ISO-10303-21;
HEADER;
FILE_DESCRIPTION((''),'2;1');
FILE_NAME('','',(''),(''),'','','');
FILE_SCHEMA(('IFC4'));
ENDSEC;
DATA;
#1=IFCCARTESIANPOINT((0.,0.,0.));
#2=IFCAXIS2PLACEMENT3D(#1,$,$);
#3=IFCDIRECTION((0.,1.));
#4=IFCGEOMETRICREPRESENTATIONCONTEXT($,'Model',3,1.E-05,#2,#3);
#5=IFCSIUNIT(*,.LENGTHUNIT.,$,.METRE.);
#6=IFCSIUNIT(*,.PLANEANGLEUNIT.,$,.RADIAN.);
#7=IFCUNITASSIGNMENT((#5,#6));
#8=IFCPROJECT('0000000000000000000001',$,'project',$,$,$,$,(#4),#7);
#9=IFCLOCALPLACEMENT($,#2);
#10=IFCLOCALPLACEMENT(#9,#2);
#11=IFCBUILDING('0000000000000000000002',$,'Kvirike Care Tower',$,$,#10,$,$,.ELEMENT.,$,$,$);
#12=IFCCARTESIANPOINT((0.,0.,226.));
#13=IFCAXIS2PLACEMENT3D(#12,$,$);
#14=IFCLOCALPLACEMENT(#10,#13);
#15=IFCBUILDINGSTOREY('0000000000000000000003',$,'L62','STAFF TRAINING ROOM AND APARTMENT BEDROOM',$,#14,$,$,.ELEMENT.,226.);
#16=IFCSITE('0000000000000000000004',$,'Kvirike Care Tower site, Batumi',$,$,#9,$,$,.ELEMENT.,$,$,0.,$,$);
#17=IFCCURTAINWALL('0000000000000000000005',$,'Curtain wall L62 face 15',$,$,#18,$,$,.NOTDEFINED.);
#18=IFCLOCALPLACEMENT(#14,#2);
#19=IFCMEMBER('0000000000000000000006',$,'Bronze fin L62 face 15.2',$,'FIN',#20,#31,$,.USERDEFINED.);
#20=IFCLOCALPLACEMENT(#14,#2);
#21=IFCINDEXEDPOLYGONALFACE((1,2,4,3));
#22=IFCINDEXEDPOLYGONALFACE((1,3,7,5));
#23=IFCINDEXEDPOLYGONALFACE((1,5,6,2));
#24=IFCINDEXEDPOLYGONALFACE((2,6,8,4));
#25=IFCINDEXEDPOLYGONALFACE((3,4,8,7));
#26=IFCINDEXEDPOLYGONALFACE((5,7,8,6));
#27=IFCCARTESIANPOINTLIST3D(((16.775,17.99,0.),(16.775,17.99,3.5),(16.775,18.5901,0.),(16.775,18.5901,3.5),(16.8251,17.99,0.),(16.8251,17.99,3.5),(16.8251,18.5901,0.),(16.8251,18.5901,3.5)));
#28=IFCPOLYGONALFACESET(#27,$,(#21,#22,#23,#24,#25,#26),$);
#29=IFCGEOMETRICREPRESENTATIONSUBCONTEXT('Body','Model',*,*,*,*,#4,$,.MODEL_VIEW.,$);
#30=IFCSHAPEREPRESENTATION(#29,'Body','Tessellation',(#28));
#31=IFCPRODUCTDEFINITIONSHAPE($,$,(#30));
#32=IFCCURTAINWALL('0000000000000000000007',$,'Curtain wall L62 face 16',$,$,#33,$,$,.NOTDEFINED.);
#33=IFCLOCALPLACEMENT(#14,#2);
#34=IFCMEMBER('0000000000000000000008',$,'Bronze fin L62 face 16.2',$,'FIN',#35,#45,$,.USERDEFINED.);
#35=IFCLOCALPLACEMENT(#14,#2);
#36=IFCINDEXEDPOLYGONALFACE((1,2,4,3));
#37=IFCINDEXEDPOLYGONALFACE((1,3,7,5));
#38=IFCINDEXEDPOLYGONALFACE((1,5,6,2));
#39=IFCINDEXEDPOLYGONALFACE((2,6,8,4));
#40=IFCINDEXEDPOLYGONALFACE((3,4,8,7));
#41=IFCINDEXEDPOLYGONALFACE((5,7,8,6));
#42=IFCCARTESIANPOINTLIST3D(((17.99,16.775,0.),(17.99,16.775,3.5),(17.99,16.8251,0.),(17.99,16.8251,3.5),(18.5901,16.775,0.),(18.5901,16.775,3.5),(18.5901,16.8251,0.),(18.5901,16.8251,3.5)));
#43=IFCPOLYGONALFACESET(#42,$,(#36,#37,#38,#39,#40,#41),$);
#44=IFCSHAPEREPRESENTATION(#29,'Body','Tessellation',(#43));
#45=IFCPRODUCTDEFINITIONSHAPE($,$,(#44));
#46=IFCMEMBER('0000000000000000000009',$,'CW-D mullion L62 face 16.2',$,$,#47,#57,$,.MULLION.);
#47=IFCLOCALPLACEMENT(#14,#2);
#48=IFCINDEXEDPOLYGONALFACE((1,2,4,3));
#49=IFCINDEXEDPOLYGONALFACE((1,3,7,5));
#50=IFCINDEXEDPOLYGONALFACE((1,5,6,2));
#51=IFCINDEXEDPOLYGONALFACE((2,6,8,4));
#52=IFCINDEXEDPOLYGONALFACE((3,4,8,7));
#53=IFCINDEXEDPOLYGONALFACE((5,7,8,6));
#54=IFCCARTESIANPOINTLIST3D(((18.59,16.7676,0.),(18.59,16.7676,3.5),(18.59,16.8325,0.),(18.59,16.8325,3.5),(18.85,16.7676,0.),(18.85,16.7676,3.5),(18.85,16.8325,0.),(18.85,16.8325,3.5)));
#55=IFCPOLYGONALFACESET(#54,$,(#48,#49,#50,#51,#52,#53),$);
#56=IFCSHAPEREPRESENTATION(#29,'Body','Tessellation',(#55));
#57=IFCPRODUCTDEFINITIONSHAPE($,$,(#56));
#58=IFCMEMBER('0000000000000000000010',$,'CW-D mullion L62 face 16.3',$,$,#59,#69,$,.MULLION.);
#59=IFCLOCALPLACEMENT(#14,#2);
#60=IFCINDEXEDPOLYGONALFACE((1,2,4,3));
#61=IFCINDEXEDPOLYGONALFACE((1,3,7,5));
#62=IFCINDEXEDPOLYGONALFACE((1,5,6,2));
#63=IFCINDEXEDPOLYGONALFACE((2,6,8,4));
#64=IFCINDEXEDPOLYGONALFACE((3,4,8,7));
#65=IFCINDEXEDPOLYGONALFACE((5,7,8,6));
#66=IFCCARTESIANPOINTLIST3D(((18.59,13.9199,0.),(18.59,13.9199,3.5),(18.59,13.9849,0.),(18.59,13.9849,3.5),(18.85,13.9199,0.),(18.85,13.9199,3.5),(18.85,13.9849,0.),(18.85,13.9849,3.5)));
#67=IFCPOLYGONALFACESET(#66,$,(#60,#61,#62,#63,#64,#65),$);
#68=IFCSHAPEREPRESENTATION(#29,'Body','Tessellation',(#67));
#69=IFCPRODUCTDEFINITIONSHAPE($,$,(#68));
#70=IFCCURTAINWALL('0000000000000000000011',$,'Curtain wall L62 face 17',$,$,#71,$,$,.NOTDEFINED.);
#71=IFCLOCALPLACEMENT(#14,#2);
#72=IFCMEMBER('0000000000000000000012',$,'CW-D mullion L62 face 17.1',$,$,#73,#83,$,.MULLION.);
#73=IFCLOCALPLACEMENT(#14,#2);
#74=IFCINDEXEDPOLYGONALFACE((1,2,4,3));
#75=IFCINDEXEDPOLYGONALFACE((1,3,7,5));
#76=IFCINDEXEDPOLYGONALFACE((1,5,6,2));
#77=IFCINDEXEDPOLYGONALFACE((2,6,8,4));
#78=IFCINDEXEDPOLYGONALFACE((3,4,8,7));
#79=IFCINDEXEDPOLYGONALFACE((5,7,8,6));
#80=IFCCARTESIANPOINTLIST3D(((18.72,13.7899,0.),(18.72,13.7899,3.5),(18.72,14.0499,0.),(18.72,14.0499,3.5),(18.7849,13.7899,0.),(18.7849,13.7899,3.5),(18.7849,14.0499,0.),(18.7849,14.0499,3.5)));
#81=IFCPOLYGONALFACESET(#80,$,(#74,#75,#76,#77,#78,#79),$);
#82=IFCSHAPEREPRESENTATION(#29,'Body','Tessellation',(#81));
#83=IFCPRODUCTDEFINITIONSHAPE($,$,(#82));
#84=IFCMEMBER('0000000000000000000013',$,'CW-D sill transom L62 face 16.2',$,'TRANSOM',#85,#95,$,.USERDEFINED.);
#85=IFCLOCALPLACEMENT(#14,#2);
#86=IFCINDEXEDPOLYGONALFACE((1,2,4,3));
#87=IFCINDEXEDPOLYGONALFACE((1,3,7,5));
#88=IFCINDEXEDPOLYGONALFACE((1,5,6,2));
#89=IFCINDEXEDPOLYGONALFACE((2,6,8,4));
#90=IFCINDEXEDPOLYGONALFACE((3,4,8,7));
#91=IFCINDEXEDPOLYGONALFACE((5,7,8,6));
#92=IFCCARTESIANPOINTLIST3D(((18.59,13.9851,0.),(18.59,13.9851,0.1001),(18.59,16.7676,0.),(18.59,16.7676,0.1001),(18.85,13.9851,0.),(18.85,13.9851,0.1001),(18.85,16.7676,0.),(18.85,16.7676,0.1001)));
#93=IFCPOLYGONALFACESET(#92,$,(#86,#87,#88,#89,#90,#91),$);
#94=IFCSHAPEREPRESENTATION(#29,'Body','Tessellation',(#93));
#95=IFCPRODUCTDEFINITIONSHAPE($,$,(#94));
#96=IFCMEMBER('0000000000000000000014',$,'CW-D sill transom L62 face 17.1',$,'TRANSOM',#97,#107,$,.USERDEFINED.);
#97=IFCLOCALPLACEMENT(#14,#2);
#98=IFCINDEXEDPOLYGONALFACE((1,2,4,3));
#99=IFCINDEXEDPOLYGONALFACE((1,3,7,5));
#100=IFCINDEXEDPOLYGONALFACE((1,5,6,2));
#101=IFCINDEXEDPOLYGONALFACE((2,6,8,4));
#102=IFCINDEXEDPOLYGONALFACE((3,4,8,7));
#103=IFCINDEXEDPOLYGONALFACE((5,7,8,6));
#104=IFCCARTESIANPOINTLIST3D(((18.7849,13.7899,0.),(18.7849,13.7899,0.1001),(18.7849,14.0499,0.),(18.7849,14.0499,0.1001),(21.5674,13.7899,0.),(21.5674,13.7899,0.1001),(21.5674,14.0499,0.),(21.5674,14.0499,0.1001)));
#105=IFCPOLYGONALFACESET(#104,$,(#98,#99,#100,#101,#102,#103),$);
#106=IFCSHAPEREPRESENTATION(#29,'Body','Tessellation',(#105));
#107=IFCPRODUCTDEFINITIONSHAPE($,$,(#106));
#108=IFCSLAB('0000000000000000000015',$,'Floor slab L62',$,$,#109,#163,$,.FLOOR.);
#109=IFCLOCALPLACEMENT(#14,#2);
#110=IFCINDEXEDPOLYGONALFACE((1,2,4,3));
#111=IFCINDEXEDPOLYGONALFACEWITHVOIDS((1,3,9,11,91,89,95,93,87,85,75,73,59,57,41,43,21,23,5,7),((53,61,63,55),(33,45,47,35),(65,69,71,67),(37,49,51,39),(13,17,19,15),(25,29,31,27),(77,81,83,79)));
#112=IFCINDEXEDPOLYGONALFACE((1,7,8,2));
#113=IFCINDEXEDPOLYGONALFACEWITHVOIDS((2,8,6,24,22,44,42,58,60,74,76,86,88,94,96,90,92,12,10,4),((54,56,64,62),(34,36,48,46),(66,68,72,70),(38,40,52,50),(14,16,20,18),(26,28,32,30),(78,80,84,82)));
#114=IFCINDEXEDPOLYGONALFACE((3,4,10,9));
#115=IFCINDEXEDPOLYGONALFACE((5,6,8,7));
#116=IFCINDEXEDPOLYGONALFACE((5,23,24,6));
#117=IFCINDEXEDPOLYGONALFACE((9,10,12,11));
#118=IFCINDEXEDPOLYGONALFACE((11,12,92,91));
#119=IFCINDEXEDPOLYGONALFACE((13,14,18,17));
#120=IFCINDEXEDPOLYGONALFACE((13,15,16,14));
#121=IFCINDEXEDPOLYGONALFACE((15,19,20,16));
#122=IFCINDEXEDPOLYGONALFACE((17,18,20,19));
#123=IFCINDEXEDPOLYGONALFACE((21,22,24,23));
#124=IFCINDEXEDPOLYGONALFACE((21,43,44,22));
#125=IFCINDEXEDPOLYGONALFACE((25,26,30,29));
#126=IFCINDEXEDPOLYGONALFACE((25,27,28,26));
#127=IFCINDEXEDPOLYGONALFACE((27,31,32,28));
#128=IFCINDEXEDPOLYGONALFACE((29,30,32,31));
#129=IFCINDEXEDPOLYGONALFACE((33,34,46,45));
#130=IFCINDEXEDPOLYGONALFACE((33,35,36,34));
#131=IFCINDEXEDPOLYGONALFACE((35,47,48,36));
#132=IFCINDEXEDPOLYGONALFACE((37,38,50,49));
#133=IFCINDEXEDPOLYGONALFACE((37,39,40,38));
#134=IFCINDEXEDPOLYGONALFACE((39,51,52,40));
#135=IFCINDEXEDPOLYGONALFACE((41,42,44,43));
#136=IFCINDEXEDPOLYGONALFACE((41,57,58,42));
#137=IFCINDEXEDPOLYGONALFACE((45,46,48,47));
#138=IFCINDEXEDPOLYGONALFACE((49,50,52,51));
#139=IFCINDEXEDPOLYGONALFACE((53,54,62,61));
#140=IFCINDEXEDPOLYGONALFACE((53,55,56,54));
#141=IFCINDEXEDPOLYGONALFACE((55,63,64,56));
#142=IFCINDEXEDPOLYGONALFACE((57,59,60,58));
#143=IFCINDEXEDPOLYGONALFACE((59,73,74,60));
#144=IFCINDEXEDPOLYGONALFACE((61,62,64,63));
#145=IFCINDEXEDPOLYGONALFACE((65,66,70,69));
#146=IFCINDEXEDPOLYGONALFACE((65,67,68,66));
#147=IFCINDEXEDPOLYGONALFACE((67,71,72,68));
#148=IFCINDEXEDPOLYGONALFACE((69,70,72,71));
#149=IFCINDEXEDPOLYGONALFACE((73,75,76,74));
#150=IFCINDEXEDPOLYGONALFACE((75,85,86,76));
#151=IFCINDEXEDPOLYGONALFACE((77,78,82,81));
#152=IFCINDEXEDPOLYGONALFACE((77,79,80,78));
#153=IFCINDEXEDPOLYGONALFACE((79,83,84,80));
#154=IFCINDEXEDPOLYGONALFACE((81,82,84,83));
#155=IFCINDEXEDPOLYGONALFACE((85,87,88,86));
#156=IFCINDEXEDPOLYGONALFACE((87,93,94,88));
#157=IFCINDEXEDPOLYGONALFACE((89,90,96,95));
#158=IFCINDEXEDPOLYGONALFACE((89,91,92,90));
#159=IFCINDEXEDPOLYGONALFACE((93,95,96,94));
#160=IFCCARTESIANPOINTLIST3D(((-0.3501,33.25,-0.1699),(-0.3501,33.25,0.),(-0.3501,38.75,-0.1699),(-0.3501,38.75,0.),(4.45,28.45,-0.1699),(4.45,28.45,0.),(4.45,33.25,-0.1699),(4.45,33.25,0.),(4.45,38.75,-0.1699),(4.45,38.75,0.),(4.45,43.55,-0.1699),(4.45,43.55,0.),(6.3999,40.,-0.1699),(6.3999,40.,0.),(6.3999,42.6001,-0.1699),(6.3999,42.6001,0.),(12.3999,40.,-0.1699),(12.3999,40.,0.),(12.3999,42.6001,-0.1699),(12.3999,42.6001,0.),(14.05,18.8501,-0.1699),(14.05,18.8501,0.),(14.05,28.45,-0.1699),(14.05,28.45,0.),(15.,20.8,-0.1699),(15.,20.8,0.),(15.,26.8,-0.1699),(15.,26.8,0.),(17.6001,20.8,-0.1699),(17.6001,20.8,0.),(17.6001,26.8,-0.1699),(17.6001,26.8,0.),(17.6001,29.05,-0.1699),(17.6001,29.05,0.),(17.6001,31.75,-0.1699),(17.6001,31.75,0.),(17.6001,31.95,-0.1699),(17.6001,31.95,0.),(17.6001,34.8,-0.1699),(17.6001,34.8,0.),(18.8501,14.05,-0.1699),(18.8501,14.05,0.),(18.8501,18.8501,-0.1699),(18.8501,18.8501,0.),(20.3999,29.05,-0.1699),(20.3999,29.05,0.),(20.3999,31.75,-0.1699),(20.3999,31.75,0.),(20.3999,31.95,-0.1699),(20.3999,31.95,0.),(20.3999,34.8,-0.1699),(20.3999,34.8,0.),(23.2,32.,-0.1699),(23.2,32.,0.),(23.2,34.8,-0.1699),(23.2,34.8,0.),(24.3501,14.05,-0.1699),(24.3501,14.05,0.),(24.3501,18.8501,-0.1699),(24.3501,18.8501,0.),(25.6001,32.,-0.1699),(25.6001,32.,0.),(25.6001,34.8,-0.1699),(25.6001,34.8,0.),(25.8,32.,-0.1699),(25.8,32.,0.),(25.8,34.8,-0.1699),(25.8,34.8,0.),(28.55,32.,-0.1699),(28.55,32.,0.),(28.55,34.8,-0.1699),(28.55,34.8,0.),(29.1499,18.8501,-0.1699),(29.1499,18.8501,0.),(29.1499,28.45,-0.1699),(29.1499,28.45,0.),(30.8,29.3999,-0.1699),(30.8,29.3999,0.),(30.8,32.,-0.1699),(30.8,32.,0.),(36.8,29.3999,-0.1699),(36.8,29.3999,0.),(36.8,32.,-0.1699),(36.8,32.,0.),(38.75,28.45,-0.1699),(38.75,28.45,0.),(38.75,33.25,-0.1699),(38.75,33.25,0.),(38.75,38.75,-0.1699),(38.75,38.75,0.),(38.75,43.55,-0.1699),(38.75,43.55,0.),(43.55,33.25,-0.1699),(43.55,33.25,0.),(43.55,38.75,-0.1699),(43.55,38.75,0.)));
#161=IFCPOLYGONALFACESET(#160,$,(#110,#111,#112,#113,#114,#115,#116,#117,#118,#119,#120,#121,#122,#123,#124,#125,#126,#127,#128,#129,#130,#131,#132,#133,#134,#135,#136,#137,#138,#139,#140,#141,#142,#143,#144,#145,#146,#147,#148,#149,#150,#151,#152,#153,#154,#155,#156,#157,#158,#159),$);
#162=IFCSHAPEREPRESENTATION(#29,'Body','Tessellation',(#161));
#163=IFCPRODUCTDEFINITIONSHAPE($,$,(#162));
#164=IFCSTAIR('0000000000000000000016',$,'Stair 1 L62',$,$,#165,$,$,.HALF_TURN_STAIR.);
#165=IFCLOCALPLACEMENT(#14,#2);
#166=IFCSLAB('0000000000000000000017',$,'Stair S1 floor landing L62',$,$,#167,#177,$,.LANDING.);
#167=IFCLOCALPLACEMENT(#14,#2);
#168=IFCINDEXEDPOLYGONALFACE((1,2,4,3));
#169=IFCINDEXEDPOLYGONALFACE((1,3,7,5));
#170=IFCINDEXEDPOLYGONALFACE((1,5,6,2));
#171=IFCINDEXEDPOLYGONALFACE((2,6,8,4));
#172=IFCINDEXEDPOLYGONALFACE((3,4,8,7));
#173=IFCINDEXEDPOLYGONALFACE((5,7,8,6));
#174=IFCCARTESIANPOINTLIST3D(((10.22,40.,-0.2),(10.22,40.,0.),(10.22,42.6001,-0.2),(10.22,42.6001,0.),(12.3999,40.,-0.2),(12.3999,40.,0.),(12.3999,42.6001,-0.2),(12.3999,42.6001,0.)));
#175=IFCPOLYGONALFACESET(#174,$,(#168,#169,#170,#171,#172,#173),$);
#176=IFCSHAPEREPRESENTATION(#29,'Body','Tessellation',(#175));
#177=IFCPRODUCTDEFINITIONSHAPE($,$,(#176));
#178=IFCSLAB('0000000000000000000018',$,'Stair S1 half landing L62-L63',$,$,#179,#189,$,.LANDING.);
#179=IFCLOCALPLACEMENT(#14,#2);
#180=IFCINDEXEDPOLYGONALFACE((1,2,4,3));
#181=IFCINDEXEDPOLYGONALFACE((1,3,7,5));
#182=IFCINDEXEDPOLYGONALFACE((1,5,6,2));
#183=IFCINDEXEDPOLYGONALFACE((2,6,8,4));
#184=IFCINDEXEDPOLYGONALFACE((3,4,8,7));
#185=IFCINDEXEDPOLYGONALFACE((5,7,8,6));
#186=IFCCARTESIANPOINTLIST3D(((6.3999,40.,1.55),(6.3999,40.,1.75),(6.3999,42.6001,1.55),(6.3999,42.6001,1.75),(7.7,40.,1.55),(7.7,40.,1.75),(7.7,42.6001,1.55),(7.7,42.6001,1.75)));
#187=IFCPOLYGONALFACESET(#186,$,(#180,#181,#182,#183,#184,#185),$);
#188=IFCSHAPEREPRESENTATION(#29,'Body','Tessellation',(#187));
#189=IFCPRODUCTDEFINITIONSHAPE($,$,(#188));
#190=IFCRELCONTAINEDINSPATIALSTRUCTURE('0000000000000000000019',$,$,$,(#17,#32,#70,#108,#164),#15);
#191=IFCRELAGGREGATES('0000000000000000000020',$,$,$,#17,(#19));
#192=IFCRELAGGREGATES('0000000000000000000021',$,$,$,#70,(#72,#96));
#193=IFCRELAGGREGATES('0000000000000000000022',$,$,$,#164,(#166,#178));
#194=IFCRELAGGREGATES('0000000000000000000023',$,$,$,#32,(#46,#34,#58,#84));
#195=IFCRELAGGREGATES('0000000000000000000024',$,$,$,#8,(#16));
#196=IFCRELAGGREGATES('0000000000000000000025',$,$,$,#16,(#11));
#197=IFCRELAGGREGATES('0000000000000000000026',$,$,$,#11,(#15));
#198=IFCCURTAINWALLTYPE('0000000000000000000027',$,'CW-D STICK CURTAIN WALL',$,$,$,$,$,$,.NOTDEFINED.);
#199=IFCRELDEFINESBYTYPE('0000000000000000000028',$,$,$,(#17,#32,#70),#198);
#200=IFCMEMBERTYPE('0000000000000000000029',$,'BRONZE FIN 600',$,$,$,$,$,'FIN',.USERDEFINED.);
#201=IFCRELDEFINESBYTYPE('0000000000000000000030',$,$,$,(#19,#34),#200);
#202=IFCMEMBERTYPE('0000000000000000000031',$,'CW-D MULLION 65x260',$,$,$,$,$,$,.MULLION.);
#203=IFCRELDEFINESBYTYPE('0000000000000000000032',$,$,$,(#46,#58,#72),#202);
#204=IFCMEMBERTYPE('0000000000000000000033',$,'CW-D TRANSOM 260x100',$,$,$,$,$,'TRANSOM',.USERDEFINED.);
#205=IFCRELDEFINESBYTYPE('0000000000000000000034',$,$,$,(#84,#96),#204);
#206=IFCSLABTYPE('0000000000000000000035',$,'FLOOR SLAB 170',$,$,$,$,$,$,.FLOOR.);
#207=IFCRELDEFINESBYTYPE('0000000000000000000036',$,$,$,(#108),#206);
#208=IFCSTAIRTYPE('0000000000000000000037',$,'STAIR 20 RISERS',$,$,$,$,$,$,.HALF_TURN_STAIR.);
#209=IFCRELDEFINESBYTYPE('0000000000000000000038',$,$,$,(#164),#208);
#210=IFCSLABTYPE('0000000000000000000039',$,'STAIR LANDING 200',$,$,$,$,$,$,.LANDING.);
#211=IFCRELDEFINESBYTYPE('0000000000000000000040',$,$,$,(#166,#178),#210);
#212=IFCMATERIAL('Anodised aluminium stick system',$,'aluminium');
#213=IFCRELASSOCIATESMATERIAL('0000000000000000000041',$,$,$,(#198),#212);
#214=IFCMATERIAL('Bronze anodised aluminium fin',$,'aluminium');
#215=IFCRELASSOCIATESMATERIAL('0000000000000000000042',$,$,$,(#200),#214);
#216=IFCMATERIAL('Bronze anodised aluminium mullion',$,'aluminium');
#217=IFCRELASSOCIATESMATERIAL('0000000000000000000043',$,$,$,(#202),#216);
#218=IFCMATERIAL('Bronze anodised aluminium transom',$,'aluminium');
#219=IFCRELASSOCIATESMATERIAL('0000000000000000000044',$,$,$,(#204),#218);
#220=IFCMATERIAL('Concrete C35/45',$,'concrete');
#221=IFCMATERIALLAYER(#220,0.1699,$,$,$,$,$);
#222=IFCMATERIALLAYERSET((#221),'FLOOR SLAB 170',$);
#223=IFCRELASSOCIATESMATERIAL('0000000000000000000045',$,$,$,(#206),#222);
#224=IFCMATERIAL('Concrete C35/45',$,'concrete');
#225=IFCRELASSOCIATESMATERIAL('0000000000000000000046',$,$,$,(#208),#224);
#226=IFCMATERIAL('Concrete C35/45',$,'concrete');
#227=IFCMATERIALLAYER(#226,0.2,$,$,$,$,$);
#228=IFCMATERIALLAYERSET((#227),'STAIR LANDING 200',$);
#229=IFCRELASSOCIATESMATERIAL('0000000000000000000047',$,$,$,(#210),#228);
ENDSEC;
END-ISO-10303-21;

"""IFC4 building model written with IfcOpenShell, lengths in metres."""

from ifc_helpers import new_model, si_unit, direction, frame, origin, origin_2d, place, context, subcontext, project, spatial, polyline, rectangle, outline, extrude, material, layer, layer_set, material_profile, profile_set, type_object, element, aggregate, save


model = new_model("IFC4")

# Units and contexts
model_context = context("Model", 3, precision=1e-05, world=origin(), true_north=direction((0.0, 1.0)))
body_context = subcontext(model_context, "Body", "Model", "MODEL_VIEW")
ifc_project = project(units=[si_unit("LENGTHUNIT", "METRE"), si_unit("PLANEANGLEUNIT", "RADIAN")], contexts=[model_context])

# Site, building, storey
site_placement = place(None, origin())
site = spatial("IfcSite", under=ifc_project, at=site_placement, Name="Kvirike Care Tower site, Batumi", CompositionType="ELEMENT", RefElevation=0.0)
building_placement = place(site_placement, origin())
building = spatial("IfcBuilding", under=site, at=building_placement, Name="Kvirike Care Tower", CompositionType="ELEMENT")
storey_placement = place(building_placement, frame((0.0, 0.0, 226.0)))
storey = spatial("IfcBuildingStorey", under=building, at=storey_placement, Name="L62", Description="STAFF TRAINING ROOM AND APARTMENT BEDROOM", CompositionType="ELEMENT", Elevation=226.0)

# Curtain wall, member
ifc_material_1 = material(Name="Anodised aluminium stick system", Category="aluminium")
curtain_wall_type = type_object("IfcCurtainWallType", Name="CW-D STICK CURTAIN WALL", PredefinedType="NOTDEFINED", material=ifc_material_1)
curtain_wall_1_placement = place(storey_placement, origin())
curtain_wall_1 = element("IfcCurtainWall", 1, at=curtain_wall_1_placement, inside=storey, type_object=curtain_wall_type, Name="Curtain wall L62 face 15", PredefinedType="NOTDEFINED")
ifc_material_2 = material(Name="Bronze anodised aluminium fin", Category="aluminium")
ifc_material_profile_1 = material_profile(ifc_material_2, rectangle(XDim=0.05, YDim=0.6001, at=origin_2d()), Name="BRONZE FIN 600")
ifc_profile_set_1 = profile_set([ifc_material_profile_1], Name="Bronze anodised aluminium fin")
member_type_1 = type_object("IfcMemberType", Name="BRONZE FIN 600", ElementType="FIN", PredefinedType="USERDEFINED", material=ifc_profile_set_1)
member_1_placement = place(storey_placement, frame((16.8, 18.29, 0.0), z_axis=(0.0, 0.0, 1.0), x_axis=(1.0, 0.0, 0.0)))
member_1 = element("IfcMember", 2, at=member_1_placement, type_object=member_type_1, Name="Bronze fin L62 face 15.2", ObjectType="FIN", PredefinedType="USERDEFINED", context=body_context, shape_type="SweptSolid", body=[
    extrude(rectangle(XDim=0.05, YDim=0.6001, at=origin_2d()), origin(), (0.0, 0.0, 1.0), 3.5),
])
aggregate(curtain_wall_1, [member_1])

# Curtain wall, members
curtain_wall_2_placement = place(storey_placement, origin())
curtain_wall_2 = element("IfcCurtainWall", 3, at=curtain_wall_2_placement, inside=storey, type_object=curtain_wall_type, Name="Curtain wall L62 face 16", PredefinedType="NOTDEFINED")
member_2_placement = place(storey_placement, frame((18.29, 16.8, 0.0), z_axis=(0.0, 0.0, 1.0), x_axis=(0.0, -1.0, 0.0)))
member_2 = element("IfcMember", 4, at=member_2_placement, type_object=member_type_1, Name="Bronze fin L62 face 16.2", ObjectType="FIN", PredefinedType="USERDEFINED", context=body_context, shape_type="SweptSolid", body=[
    extrude(rectangle(XDim=0.05, YDim=0.6001, at=origin_2d()), origin(), (0.0, 0.0, 1.0), 3.5),
])
ifc_material_3 = material(Name="Bronze anodised aluminium mullion", Category="aluminium")
ifc_material_profile_2 = material_profile(ifc_material_3, rectangle(XDim=0.0649, YDim=0.26, at=origin_2d()), Name="CW-D MULLION 65x260")
ifc_profile_set_2 = profile_set([ifc_material_profile_2], Name="Bronze anodised aluminium mullion")
member_type_2 = type_object("IfcMemberType", Name="CW-D MULLION 65x260", PredefinedType="MULLION", material=ifc_profile_set_2)
member_3_placement = place(storey_placement, frame((18.72, 16.8, 0.0), z_axis=(0.0, 0.0, 1.0), x_axis=(0.0, -1.0, 0.0)))
member_3 = element("IfcMember", 5, at=member_3_placement, type_object=member_type_2, Name="CW-D mullion L62 face 16.2", PredefinedType="MULLION", context=body_context, shape_type="SweptSolid", body=[
    extrude(rectangle(XDim=0.0649, YDim=0.26, at=origin_2d()), origin(), (0.0, 0.0, 1.0), 3.5),
])
member_4_placement = place(storey_placement, frame((18.72, 13.9524, 0.0), z_axis=(0.0, 0.0, 1.0), x_axis=(0.0, -1.0, 0.0)))
member_4 = element("IfcMember", 6, at=member_4_placement, type_object=member_type_2, Name="CW-D mullion L62 face 16.3", PredefinedType="MULLION", context=body_context, shape_type="SweptSolid", body=[
    extrude(rectangle(XDim=0.0649, YDim=0.26, at=origin_2d()), origin(), (0.0, 0.0, 1.0), 3.5),
])

# Curtain wall, member
curtain_wall_3_placement = place(storey_placement, origin())
curtain_wall_3 = element("IfcCurtainWall", 7, at=curtain_wall_3_placement, inside=storey, type_object=curtain_wall_type, Name="Curtain wall L62 face 17", PredefinedType="NOTDEFINED")
member_5_placement = place(storey_placement, frame((18.7524, 13.9199, 0.0), z_axis=(0.0, 0.0, 1.0), x_axis=(1.0, 0.0, 0.0)))
member_5 = element("IfcMember", 8, at=member_5_placement, type_object=member_type_2, Name="CW-D mullion L62 face 17.1", PredefinedType="MULLION", context=body_context, shape_type="SweptSolid", body=[
    extrude(rectangle(XDim=0.0649, YDim=0.26, at=origin_2d()), origin(), (0.0, 0.0, 1.0), 3.5),
])

# Members
ifc_material_4 = material(Name="Bronze anodised aluminium transom", Category="aluminium")
ifc_material_profile_3 = material_profile(ifc_material_4, rectangle(XDim=0.26, YDim=0.1001, at=origin_2d()), Name="CW-D TRANSOM 260x100")
ifc_profile_set_3 = profile_set([ifc_material_profile_3], Name="Bronze anodised aluminium transom")
member_type_3 = type_object("IfcMemberType", Name="CW-D TRANSOM 260x100", ElementType="TRANSOM", PredefinedType="USERDEFINED", material=ifc_profile_set_3)
member_6_placement = place(storey_placement, frame((18.72, 16.7676, 0.05), z_axis=(0.0, -1.0, 0.0), x_axis=(1.0, 0.0, 0.0)))
member_6 = element("IfcMember", 9, at=member_6_placement, type_object=member_type_3, Name="CW-D sill transom L62 face 16.2", ObjectType="TRANSOM", PredefinedType="USERDEFINED", context=body_context, shape_type="SweptSolid", body=[
    extrude(rectangle(XDim=0.26, YDim=0.1001, at=origin_2d()), origin(), (0.0, 0.0, 1.0), 2.7825),
])
member_7_placement = place(storey_placement, frame((18.7849, 13.9199, 0.05), z_axis=(1.0, 0.0, 0.0), x_axis=(0.0, 1.0, 0.0)))
member_7 = element("IfcMember", 10, at=member_7_placement, type_object=member_type_3, Name="CW-D sill transom L62 face 17.1", ObjectType="TRANSOM", PredefinedType="USERDEFINED", context=body_context, shape_type="SweptSolid", body=[
    extrude(rectangle(XDim=0.26, YDim=0.1001, at=origin_2d()), origin(), (0.0, 0.0, 1.0), 2.7825),
])
aggregate(curtain_wall_3, [member_5, member_7])

# Slab
ifc_material_5 = material(Name="Concrete C35/45", Category="concrete")
ifc_layer_1 = layer(ifc_material_5, 0.1699)
ifc_layer_set_1 = layer_set([ifc_layer_1], Name="FLOOR SLAB 170")
slab_type_1 = type_object("IfcSlabType", Name="FLOOR SLAB 170", PredefinedType="FLOOR", material=ifc_layer_set_1)
slab_1_placement = place(storey_placement, frame((0.0, 0.0, -0.1699)))
element("IfcSlab", 11, at=slab_1_placement, inside=storey, type_object=slab_type_1, Name="Floor slab L62", PredefinedType="FLOOR", context=body_context, shape_type="SweptSolid", body=[
    extrude(outline(polyline([(29.1499, 28.45), (38.75, 28.45), (38.75, 33.25), (43.55, 33.25), (43.55, 38.75), (38.75, 38.75), (38.75, 43.55), (4.45, 43.55), (4.45, 38.75), (-0.3501, 38.75), (-0.3501, 33.25), (4.45, 33.25), (4.45, 28.45), (14.05, 28.45), (14.05, 18.8501), (18.8501, 18.8501), (18.8501, 14.05), (24.3501, 14.05), (24.3501, 18.8501), (29.1499, 18.8501), (29.1499, 28.45)]), holes=[polyline([(17.6001, 29.05), (17.6001, 31.75), (20.3999, 31.75), (20.3999, 29.05), (17.6001, 29.05)]), polyline([(17.6001, 31.95), (17.6001, 34.8), (20.3999, 34.8), (20.3999, 31.95), (17.6001, 31.95)]), polyline([(23.2, 32.0), (23.2, 34.8), (25.6001, 34.8), (25.6001, 32.0), (23.2, 32.0)]), polyline([(25.8, 32.0), (25.8, 34.8), (28.55, 34.8), (28.55, 32.0), (25.8, 32.0)]), polyline([(12.3999, 42.6001), (12.3999, 40.0), (6.3999, 40.0), (6.3999, 42.6001), (12.3999, 42.6001)]), polyline([(30.8, 29.3999), (30.8, 32.0), (36.8, 32.0), (36.8, 29.3999), (30.8, 29.3999)]), polyline([(15.0, 26.8), (17.6001, 26.8), (17.6001, 20.8), (15.0, 20.8), (15.0, 26.8)])]), origin(), (0.0, 0.0, 1.0), 0.1699),
])

# Stair, slabs
ifc_material_6 = material(Name="Concrete C35/45", Category="concrete")
stair_type = type_object("IfcStairType", Name="STAIR 20 RISERS", PredefinedType="HALF_TURN_STAIR", material=ifc_material_6)
stair_1_placement = place(storey_placement, origin())
stair_1 = element("IfcStair", 12, at=stair_1_placement, inside=storey, type_object=stair_type, Name="Stair 1 L62", PredefinedType="HALF_TURN_STAIR")
ifc_material_7 = material(Name="Concrete C35/45", Category="concrete")
ifc_layer_2 = layer(ifc_material_7, 0.2)
ifc_layer_set_2 = layer_set([ifc_layer_2], Name="STAIR LANDING 200")
slab_type_2 = type_object("IfcSlabType", Name="STAIR LANDING 200", PredefinedType="LANDING", material=ifc_layer_set_2)
slab_2_placement = place(storey_placement, frame((0.0, 0.0, -0.2)))
slab_2 = element("IfcSlab", 13, at=slab_2_placement, type_object=slab_type_2, Name="Stair S1 floor landing L62", PredefinedType="LANDING", context=body_context, shape_type="SweptSolid", body=[
    extrude(outline(polyline([(10.22, 42.6001), (10.22, 40.0), (12.3999, 40.0), (12.3999, 42.6001), (10.22, 42.6001)])), origin(), (0.0, 0.0, 1.0), 0.2),
])
slab_3_placement = place(storey_placement, frame((0.0, 0.0, 1.55)))
slab_3 = element("IfcSlab", 14, at=slab_3_placement, type_object=slab_type_2, Name="Stair S1 half landing L62-L63", PredefinedType="LANDING", context=body_context, shape_type="SweptSolid", body=[
    extrude(outline(polyline([(6.3999, 42.6001), (6.3999, 40.0), (7.7, 40.0), (7.7, 42.6001), (6.3999, 42.6001)])), origin(), (0.0, 0.0, 1.0), 0.2),
])
aggregate(stair_1, [slab_2, slab_3])

aggregate(curtain_wall_2, [member_3, member_2, member_4, member_6])

save(model, "model.ifc")
